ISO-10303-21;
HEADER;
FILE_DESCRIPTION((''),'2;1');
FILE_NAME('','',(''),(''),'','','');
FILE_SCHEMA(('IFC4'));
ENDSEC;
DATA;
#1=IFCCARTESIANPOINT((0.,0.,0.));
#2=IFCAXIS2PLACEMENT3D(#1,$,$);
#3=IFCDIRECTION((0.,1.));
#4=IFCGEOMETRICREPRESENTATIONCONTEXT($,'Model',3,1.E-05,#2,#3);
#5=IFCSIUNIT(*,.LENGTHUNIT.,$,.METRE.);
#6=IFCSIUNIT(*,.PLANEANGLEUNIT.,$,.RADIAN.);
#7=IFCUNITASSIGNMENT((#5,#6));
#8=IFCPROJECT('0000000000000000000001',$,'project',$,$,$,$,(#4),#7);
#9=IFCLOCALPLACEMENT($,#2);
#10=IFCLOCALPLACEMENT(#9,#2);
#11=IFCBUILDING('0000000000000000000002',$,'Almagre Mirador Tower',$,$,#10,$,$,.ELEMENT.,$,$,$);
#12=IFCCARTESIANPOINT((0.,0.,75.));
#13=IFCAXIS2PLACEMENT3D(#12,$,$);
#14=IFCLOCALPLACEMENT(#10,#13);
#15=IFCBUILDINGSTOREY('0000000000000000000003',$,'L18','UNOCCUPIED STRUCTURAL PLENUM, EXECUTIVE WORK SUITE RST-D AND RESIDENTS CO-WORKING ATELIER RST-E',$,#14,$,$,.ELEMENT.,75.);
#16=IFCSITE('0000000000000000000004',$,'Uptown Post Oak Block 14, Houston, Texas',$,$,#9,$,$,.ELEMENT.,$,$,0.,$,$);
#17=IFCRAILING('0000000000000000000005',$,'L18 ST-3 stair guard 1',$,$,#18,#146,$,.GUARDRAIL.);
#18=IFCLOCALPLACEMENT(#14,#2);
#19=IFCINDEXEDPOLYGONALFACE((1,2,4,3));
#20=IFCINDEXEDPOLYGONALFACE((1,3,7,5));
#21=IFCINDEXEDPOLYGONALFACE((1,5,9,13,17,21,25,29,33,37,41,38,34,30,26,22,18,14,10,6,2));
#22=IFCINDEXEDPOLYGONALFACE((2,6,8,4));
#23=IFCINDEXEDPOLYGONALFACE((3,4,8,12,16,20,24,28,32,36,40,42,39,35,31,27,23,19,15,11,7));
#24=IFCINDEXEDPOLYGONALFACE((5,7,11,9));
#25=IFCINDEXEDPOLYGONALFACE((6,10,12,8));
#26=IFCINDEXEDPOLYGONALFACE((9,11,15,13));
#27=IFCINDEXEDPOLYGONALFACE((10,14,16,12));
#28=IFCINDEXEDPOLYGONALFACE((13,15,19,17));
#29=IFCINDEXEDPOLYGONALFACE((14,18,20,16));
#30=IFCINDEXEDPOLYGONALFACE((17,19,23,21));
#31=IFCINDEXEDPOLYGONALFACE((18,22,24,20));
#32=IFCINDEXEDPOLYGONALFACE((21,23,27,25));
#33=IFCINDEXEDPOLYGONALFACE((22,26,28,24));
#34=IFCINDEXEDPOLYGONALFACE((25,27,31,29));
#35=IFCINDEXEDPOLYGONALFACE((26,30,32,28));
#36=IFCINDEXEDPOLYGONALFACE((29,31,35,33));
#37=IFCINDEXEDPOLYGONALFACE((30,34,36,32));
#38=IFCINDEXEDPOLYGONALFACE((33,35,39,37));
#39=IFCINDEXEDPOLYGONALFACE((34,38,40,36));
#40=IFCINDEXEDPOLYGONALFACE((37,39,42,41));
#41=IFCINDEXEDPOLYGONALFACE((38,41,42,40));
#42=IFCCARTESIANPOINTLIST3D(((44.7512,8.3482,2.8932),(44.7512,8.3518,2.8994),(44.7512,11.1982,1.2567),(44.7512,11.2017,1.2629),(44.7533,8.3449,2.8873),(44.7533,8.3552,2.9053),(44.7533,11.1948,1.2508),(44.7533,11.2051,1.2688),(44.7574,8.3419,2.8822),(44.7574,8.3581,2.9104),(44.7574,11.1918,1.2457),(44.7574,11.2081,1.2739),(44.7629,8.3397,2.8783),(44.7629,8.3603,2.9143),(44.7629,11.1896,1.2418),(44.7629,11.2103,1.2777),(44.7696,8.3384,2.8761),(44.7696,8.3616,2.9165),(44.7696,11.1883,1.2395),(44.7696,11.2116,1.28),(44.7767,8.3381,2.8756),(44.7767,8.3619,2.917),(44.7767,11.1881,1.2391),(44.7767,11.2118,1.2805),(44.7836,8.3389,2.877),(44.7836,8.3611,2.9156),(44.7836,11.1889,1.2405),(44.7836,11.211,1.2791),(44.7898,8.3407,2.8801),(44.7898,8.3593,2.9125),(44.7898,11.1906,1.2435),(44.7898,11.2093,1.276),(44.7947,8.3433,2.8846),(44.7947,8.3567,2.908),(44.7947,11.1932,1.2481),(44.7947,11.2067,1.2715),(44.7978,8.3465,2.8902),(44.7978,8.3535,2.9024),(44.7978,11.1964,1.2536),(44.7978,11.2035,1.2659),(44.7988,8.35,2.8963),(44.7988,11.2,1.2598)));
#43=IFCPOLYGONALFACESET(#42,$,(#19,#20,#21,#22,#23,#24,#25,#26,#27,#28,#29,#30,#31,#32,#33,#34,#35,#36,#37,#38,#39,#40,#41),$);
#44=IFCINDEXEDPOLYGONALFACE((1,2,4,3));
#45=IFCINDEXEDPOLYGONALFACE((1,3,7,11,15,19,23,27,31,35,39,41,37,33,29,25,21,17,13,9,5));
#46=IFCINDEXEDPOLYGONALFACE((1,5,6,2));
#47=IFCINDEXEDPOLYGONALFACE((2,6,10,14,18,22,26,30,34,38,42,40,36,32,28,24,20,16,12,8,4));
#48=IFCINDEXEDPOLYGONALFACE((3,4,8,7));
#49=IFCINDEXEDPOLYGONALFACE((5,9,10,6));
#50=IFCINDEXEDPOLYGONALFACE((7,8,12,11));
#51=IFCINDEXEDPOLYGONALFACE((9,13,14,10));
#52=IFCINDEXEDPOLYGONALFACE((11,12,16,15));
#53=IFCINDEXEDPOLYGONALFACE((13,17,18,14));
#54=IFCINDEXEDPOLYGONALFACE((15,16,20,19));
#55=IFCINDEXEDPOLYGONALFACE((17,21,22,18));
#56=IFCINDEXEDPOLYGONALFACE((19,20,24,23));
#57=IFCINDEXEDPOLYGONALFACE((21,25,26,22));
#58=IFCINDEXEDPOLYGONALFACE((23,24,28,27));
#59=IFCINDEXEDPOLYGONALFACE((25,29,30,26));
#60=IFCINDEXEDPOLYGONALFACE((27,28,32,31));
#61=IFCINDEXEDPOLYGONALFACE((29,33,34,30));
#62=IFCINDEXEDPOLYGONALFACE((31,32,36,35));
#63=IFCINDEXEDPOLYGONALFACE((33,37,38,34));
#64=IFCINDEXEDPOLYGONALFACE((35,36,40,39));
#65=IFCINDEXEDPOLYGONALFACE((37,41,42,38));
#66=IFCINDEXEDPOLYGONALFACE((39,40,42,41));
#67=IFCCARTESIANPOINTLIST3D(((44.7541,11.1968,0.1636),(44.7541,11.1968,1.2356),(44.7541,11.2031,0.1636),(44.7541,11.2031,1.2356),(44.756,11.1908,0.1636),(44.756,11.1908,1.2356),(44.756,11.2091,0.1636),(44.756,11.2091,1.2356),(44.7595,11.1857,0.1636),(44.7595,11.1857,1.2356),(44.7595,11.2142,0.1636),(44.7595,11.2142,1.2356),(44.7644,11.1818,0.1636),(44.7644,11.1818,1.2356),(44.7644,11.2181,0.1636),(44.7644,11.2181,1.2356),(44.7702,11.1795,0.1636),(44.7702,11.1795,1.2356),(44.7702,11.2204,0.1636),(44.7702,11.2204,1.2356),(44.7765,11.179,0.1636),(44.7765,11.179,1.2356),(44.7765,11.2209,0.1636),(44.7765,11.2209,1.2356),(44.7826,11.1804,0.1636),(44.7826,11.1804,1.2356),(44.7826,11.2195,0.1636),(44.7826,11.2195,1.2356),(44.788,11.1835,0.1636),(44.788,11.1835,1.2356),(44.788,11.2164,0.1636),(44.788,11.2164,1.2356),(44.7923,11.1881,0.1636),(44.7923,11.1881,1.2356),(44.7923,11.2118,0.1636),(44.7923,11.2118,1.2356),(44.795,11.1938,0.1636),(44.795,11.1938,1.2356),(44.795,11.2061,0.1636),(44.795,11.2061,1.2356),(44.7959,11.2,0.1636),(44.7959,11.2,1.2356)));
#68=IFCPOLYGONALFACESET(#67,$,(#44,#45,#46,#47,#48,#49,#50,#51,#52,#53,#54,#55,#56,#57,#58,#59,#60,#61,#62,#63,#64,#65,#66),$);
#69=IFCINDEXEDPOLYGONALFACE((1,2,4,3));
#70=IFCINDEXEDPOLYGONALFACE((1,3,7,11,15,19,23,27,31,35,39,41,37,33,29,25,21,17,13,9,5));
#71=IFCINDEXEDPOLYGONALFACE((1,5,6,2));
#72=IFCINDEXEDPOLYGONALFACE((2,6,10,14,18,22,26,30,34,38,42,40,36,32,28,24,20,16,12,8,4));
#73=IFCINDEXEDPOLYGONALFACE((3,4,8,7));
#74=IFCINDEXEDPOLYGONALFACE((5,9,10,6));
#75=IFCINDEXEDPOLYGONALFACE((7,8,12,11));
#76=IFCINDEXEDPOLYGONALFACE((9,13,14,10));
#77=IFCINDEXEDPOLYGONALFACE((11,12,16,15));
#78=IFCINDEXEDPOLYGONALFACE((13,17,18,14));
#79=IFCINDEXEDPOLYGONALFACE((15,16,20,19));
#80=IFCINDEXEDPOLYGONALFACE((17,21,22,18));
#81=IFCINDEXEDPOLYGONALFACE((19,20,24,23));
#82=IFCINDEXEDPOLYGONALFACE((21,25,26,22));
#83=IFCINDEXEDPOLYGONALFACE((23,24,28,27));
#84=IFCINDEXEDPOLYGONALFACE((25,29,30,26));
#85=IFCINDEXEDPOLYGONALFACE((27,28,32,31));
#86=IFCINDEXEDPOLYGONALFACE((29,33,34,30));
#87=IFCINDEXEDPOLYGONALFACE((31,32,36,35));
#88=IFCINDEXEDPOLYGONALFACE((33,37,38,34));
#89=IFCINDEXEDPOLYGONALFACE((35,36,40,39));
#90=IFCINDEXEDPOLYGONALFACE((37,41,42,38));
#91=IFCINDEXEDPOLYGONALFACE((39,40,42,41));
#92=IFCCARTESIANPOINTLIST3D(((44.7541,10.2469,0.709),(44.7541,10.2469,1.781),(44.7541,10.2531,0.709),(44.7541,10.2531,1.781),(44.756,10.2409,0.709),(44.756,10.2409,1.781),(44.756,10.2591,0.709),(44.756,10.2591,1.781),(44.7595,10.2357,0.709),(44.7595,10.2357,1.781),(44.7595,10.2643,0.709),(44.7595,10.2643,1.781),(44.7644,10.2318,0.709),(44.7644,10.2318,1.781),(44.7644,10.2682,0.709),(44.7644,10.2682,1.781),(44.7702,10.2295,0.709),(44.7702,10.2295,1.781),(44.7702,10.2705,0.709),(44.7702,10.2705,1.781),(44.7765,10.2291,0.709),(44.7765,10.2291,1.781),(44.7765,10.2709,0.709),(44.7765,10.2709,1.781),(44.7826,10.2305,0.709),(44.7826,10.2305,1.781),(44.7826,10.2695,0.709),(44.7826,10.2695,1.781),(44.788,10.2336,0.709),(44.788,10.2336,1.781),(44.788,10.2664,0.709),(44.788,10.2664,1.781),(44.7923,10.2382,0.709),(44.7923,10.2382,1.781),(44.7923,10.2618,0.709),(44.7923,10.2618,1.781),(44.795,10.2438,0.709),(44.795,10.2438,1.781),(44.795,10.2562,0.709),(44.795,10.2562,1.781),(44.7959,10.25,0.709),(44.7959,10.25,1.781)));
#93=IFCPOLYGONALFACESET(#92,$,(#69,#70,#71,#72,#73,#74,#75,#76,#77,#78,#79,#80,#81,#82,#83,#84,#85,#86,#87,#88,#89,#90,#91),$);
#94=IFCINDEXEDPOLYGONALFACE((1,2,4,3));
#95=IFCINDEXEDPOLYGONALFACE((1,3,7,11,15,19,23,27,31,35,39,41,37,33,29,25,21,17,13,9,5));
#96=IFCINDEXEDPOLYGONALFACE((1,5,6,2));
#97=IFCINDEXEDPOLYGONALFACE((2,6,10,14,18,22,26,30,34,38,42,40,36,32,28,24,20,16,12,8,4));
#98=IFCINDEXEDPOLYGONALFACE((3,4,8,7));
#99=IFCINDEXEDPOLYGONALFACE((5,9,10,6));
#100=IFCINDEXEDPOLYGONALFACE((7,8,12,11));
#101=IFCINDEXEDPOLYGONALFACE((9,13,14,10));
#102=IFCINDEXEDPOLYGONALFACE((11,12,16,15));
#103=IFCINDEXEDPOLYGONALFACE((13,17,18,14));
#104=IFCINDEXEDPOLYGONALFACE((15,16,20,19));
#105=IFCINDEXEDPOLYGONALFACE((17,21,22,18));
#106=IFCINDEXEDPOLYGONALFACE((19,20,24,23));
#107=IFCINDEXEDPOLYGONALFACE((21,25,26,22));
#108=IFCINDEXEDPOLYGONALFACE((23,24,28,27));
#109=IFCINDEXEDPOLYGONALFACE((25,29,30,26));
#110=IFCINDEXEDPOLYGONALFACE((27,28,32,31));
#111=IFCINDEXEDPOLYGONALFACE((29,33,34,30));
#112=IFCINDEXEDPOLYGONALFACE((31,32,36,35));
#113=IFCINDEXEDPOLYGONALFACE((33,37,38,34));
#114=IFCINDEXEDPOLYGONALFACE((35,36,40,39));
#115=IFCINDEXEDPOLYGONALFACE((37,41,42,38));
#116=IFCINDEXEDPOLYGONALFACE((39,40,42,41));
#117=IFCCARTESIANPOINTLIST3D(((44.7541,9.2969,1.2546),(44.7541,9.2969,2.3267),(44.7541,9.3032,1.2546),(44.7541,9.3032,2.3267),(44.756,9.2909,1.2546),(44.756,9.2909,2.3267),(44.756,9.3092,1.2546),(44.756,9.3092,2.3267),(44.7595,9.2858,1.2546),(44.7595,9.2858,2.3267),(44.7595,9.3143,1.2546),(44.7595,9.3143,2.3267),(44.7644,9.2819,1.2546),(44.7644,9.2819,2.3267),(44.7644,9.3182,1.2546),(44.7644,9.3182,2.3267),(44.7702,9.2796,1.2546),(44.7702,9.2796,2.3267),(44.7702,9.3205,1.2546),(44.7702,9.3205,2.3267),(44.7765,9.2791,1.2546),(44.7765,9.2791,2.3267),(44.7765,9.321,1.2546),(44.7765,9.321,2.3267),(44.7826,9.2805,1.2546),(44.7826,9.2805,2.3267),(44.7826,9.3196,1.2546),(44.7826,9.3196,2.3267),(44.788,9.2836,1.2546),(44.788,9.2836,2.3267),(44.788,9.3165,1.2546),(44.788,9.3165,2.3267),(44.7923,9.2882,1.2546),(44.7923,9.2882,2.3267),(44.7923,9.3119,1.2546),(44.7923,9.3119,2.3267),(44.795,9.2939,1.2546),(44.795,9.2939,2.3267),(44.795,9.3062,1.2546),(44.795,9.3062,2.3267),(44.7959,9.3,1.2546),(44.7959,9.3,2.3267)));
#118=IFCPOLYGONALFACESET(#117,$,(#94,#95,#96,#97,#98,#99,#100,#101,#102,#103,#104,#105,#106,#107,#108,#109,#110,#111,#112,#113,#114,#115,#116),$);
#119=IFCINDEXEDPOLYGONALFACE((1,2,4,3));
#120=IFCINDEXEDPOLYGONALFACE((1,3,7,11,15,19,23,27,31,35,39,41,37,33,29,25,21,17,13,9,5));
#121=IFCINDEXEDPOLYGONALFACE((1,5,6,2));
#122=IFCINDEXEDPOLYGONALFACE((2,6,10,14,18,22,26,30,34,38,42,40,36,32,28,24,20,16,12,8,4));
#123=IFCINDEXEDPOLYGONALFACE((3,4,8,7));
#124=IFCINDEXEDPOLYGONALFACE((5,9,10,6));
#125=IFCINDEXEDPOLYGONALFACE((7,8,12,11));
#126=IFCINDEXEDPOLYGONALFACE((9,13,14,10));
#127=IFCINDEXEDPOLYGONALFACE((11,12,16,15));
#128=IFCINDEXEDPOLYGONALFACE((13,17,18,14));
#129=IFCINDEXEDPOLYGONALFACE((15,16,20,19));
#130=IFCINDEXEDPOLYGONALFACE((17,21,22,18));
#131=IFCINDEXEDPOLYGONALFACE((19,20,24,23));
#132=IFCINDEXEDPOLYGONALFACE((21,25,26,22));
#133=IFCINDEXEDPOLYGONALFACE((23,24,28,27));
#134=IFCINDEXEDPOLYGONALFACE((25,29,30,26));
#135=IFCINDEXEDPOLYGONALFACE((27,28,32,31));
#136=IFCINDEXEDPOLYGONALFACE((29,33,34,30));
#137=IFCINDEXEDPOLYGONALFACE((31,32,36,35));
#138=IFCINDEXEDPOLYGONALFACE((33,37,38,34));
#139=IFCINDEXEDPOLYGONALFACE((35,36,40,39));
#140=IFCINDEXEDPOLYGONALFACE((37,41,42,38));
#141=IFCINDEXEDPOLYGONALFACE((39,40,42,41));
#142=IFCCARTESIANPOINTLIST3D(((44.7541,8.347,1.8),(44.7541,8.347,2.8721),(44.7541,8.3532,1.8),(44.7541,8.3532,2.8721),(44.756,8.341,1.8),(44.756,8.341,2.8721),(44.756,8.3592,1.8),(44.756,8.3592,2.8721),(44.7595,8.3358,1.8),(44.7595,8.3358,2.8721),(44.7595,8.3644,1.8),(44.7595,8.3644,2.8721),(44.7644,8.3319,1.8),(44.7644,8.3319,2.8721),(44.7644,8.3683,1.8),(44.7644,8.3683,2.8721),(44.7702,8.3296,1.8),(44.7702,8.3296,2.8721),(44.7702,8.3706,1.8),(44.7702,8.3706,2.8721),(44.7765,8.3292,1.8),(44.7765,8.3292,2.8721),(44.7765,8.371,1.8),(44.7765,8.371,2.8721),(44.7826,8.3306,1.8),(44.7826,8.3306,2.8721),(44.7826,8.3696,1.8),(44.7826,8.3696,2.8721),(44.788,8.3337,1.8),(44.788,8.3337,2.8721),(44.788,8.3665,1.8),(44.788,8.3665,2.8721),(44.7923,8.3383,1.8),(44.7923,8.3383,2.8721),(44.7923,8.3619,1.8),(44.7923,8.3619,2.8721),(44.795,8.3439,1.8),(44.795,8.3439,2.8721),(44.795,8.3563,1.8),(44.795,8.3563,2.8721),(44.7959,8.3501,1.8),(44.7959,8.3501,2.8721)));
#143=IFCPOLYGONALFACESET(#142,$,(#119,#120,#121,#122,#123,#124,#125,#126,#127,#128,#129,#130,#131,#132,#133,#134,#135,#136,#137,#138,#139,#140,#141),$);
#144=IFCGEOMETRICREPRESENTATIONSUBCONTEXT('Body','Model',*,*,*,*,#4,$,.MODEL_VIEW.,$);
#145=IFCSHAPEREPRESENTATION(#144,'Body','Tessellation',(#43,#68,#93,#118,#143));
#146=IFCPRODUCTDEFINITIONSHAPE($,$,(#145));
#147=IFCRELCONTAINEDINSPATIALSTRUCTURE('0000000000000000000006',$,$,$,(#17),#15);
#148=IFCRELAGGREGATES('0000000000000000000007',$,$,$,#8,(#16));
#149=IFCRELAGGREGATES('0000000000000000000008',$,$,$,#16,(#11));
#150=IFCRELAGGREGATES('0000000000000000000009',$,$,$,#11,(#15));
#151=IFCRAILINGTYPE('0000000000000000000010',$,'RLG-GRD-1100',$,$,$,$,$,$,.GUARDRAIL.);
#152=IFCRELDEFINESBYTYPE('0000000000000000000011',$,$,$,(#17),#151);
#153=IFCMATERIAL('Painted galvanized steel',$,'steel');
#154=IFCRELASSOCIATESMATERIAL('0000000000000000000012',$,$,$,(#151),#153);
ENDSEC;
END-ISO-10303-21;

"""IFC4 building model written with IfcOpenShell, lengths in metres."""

from ifc_helpers import new_model, si_unit, direction, frame, origin, origin_2d, place, context, subcontext, project, spatial, circle, extrude, material, type_object, element, save


model = new_model("IFC4")

# Units and contexts
model_context = context("Model", 3, precision=1e-05, world=origin(), true_north=direction((0.0, 1.0)))
body_context = subcontext(model_context, "Body", "Model", "MODEL_VIEW")
ifc_project = project(units=[si_unit("LENGTHUNIT", "METRE"), si_unit("PLANEANGLEUNIT", "RADIAN")], contexts=[model_context])

# Site, building, storey
site_placement = place(None, origin())
site = spatial("IfcSite", under=ifc_project, at=site_placement, Name="Uptown Post Oak Block 14, Houston, Texas", CompositionType="ELEMENT", RefElevation=0.0)
building_placement = place(site_placement, origin())
building = spatial("IfcBuilding", under=site, at=building_placement, Name="Almagre Mirador Tower", CompositionType="ELEMENT")
storey_placement = place(building_placement, frame((0.0, 0.0, 75.0)))
storey = spatial("IfcBuildingStorey", under=building, at=storey_placement, Name="L18", Description="UNOCCUPIED STRUCTURAL PLENUM, EXECUTIVE WORK SUITE RST-D AND RESIDENTS CO-WORKING ATELIER RST-E", CompositionType="ELEMENT", Elevation=75.0)

# Railing
ifc_material_1 = material(Name="Painted galvanized steel", Category="steel")
railing_type_1 = type_object("IfcRailingType", Name="RLG-GRD-1100", PredefinedType="GUARDRAIL", material=ifc_material_1)
railing_1_placement = place(storey_placement, frame((44.7749, 11.2, 0.1636)))
element("IfcRailing", 1, at=railing_1_placement, inside=storey, type_object=railing_type_1, Name="L18 ST-3 stair guard 1", PredefinedType="GUARDRAIL", context=body_context, shape_type="SweptSolid", body=[
    extrude(circle(Radius=0.0239, at=origin_2d()), frame((0.0, 0.0, 1.0962), z_axis=(0.0, -0.867194, 0.49797), x_axis=(1.0, 0.0, 0.0)), (0.0, 0.0, 1.0), 3.2864),
    extrude(circle(Radius=0.021, at=origin_2d()), origin(), (0.0, 0.0, 1.0), 1.072),
    extrude(circle(Radius=0.021, at=origin_2d()), frame((0.0, -0.95, 0.5454)), (0.0, 0.0, 1.0), 1.072),
    extrude(circle(Radius=0.021, at=origin_2d()), frame((0.0, -1.8999, 1.0911)), (0.0, 0.0, 1.0), 1.072),
    extrude(circle(Radius=0.021, at=origin_2d()), frame((0.0, -2.8499, 1.6365)), (0.0, 0.0, 1.0), 1.072),
])

save(model, "model.ifc")
